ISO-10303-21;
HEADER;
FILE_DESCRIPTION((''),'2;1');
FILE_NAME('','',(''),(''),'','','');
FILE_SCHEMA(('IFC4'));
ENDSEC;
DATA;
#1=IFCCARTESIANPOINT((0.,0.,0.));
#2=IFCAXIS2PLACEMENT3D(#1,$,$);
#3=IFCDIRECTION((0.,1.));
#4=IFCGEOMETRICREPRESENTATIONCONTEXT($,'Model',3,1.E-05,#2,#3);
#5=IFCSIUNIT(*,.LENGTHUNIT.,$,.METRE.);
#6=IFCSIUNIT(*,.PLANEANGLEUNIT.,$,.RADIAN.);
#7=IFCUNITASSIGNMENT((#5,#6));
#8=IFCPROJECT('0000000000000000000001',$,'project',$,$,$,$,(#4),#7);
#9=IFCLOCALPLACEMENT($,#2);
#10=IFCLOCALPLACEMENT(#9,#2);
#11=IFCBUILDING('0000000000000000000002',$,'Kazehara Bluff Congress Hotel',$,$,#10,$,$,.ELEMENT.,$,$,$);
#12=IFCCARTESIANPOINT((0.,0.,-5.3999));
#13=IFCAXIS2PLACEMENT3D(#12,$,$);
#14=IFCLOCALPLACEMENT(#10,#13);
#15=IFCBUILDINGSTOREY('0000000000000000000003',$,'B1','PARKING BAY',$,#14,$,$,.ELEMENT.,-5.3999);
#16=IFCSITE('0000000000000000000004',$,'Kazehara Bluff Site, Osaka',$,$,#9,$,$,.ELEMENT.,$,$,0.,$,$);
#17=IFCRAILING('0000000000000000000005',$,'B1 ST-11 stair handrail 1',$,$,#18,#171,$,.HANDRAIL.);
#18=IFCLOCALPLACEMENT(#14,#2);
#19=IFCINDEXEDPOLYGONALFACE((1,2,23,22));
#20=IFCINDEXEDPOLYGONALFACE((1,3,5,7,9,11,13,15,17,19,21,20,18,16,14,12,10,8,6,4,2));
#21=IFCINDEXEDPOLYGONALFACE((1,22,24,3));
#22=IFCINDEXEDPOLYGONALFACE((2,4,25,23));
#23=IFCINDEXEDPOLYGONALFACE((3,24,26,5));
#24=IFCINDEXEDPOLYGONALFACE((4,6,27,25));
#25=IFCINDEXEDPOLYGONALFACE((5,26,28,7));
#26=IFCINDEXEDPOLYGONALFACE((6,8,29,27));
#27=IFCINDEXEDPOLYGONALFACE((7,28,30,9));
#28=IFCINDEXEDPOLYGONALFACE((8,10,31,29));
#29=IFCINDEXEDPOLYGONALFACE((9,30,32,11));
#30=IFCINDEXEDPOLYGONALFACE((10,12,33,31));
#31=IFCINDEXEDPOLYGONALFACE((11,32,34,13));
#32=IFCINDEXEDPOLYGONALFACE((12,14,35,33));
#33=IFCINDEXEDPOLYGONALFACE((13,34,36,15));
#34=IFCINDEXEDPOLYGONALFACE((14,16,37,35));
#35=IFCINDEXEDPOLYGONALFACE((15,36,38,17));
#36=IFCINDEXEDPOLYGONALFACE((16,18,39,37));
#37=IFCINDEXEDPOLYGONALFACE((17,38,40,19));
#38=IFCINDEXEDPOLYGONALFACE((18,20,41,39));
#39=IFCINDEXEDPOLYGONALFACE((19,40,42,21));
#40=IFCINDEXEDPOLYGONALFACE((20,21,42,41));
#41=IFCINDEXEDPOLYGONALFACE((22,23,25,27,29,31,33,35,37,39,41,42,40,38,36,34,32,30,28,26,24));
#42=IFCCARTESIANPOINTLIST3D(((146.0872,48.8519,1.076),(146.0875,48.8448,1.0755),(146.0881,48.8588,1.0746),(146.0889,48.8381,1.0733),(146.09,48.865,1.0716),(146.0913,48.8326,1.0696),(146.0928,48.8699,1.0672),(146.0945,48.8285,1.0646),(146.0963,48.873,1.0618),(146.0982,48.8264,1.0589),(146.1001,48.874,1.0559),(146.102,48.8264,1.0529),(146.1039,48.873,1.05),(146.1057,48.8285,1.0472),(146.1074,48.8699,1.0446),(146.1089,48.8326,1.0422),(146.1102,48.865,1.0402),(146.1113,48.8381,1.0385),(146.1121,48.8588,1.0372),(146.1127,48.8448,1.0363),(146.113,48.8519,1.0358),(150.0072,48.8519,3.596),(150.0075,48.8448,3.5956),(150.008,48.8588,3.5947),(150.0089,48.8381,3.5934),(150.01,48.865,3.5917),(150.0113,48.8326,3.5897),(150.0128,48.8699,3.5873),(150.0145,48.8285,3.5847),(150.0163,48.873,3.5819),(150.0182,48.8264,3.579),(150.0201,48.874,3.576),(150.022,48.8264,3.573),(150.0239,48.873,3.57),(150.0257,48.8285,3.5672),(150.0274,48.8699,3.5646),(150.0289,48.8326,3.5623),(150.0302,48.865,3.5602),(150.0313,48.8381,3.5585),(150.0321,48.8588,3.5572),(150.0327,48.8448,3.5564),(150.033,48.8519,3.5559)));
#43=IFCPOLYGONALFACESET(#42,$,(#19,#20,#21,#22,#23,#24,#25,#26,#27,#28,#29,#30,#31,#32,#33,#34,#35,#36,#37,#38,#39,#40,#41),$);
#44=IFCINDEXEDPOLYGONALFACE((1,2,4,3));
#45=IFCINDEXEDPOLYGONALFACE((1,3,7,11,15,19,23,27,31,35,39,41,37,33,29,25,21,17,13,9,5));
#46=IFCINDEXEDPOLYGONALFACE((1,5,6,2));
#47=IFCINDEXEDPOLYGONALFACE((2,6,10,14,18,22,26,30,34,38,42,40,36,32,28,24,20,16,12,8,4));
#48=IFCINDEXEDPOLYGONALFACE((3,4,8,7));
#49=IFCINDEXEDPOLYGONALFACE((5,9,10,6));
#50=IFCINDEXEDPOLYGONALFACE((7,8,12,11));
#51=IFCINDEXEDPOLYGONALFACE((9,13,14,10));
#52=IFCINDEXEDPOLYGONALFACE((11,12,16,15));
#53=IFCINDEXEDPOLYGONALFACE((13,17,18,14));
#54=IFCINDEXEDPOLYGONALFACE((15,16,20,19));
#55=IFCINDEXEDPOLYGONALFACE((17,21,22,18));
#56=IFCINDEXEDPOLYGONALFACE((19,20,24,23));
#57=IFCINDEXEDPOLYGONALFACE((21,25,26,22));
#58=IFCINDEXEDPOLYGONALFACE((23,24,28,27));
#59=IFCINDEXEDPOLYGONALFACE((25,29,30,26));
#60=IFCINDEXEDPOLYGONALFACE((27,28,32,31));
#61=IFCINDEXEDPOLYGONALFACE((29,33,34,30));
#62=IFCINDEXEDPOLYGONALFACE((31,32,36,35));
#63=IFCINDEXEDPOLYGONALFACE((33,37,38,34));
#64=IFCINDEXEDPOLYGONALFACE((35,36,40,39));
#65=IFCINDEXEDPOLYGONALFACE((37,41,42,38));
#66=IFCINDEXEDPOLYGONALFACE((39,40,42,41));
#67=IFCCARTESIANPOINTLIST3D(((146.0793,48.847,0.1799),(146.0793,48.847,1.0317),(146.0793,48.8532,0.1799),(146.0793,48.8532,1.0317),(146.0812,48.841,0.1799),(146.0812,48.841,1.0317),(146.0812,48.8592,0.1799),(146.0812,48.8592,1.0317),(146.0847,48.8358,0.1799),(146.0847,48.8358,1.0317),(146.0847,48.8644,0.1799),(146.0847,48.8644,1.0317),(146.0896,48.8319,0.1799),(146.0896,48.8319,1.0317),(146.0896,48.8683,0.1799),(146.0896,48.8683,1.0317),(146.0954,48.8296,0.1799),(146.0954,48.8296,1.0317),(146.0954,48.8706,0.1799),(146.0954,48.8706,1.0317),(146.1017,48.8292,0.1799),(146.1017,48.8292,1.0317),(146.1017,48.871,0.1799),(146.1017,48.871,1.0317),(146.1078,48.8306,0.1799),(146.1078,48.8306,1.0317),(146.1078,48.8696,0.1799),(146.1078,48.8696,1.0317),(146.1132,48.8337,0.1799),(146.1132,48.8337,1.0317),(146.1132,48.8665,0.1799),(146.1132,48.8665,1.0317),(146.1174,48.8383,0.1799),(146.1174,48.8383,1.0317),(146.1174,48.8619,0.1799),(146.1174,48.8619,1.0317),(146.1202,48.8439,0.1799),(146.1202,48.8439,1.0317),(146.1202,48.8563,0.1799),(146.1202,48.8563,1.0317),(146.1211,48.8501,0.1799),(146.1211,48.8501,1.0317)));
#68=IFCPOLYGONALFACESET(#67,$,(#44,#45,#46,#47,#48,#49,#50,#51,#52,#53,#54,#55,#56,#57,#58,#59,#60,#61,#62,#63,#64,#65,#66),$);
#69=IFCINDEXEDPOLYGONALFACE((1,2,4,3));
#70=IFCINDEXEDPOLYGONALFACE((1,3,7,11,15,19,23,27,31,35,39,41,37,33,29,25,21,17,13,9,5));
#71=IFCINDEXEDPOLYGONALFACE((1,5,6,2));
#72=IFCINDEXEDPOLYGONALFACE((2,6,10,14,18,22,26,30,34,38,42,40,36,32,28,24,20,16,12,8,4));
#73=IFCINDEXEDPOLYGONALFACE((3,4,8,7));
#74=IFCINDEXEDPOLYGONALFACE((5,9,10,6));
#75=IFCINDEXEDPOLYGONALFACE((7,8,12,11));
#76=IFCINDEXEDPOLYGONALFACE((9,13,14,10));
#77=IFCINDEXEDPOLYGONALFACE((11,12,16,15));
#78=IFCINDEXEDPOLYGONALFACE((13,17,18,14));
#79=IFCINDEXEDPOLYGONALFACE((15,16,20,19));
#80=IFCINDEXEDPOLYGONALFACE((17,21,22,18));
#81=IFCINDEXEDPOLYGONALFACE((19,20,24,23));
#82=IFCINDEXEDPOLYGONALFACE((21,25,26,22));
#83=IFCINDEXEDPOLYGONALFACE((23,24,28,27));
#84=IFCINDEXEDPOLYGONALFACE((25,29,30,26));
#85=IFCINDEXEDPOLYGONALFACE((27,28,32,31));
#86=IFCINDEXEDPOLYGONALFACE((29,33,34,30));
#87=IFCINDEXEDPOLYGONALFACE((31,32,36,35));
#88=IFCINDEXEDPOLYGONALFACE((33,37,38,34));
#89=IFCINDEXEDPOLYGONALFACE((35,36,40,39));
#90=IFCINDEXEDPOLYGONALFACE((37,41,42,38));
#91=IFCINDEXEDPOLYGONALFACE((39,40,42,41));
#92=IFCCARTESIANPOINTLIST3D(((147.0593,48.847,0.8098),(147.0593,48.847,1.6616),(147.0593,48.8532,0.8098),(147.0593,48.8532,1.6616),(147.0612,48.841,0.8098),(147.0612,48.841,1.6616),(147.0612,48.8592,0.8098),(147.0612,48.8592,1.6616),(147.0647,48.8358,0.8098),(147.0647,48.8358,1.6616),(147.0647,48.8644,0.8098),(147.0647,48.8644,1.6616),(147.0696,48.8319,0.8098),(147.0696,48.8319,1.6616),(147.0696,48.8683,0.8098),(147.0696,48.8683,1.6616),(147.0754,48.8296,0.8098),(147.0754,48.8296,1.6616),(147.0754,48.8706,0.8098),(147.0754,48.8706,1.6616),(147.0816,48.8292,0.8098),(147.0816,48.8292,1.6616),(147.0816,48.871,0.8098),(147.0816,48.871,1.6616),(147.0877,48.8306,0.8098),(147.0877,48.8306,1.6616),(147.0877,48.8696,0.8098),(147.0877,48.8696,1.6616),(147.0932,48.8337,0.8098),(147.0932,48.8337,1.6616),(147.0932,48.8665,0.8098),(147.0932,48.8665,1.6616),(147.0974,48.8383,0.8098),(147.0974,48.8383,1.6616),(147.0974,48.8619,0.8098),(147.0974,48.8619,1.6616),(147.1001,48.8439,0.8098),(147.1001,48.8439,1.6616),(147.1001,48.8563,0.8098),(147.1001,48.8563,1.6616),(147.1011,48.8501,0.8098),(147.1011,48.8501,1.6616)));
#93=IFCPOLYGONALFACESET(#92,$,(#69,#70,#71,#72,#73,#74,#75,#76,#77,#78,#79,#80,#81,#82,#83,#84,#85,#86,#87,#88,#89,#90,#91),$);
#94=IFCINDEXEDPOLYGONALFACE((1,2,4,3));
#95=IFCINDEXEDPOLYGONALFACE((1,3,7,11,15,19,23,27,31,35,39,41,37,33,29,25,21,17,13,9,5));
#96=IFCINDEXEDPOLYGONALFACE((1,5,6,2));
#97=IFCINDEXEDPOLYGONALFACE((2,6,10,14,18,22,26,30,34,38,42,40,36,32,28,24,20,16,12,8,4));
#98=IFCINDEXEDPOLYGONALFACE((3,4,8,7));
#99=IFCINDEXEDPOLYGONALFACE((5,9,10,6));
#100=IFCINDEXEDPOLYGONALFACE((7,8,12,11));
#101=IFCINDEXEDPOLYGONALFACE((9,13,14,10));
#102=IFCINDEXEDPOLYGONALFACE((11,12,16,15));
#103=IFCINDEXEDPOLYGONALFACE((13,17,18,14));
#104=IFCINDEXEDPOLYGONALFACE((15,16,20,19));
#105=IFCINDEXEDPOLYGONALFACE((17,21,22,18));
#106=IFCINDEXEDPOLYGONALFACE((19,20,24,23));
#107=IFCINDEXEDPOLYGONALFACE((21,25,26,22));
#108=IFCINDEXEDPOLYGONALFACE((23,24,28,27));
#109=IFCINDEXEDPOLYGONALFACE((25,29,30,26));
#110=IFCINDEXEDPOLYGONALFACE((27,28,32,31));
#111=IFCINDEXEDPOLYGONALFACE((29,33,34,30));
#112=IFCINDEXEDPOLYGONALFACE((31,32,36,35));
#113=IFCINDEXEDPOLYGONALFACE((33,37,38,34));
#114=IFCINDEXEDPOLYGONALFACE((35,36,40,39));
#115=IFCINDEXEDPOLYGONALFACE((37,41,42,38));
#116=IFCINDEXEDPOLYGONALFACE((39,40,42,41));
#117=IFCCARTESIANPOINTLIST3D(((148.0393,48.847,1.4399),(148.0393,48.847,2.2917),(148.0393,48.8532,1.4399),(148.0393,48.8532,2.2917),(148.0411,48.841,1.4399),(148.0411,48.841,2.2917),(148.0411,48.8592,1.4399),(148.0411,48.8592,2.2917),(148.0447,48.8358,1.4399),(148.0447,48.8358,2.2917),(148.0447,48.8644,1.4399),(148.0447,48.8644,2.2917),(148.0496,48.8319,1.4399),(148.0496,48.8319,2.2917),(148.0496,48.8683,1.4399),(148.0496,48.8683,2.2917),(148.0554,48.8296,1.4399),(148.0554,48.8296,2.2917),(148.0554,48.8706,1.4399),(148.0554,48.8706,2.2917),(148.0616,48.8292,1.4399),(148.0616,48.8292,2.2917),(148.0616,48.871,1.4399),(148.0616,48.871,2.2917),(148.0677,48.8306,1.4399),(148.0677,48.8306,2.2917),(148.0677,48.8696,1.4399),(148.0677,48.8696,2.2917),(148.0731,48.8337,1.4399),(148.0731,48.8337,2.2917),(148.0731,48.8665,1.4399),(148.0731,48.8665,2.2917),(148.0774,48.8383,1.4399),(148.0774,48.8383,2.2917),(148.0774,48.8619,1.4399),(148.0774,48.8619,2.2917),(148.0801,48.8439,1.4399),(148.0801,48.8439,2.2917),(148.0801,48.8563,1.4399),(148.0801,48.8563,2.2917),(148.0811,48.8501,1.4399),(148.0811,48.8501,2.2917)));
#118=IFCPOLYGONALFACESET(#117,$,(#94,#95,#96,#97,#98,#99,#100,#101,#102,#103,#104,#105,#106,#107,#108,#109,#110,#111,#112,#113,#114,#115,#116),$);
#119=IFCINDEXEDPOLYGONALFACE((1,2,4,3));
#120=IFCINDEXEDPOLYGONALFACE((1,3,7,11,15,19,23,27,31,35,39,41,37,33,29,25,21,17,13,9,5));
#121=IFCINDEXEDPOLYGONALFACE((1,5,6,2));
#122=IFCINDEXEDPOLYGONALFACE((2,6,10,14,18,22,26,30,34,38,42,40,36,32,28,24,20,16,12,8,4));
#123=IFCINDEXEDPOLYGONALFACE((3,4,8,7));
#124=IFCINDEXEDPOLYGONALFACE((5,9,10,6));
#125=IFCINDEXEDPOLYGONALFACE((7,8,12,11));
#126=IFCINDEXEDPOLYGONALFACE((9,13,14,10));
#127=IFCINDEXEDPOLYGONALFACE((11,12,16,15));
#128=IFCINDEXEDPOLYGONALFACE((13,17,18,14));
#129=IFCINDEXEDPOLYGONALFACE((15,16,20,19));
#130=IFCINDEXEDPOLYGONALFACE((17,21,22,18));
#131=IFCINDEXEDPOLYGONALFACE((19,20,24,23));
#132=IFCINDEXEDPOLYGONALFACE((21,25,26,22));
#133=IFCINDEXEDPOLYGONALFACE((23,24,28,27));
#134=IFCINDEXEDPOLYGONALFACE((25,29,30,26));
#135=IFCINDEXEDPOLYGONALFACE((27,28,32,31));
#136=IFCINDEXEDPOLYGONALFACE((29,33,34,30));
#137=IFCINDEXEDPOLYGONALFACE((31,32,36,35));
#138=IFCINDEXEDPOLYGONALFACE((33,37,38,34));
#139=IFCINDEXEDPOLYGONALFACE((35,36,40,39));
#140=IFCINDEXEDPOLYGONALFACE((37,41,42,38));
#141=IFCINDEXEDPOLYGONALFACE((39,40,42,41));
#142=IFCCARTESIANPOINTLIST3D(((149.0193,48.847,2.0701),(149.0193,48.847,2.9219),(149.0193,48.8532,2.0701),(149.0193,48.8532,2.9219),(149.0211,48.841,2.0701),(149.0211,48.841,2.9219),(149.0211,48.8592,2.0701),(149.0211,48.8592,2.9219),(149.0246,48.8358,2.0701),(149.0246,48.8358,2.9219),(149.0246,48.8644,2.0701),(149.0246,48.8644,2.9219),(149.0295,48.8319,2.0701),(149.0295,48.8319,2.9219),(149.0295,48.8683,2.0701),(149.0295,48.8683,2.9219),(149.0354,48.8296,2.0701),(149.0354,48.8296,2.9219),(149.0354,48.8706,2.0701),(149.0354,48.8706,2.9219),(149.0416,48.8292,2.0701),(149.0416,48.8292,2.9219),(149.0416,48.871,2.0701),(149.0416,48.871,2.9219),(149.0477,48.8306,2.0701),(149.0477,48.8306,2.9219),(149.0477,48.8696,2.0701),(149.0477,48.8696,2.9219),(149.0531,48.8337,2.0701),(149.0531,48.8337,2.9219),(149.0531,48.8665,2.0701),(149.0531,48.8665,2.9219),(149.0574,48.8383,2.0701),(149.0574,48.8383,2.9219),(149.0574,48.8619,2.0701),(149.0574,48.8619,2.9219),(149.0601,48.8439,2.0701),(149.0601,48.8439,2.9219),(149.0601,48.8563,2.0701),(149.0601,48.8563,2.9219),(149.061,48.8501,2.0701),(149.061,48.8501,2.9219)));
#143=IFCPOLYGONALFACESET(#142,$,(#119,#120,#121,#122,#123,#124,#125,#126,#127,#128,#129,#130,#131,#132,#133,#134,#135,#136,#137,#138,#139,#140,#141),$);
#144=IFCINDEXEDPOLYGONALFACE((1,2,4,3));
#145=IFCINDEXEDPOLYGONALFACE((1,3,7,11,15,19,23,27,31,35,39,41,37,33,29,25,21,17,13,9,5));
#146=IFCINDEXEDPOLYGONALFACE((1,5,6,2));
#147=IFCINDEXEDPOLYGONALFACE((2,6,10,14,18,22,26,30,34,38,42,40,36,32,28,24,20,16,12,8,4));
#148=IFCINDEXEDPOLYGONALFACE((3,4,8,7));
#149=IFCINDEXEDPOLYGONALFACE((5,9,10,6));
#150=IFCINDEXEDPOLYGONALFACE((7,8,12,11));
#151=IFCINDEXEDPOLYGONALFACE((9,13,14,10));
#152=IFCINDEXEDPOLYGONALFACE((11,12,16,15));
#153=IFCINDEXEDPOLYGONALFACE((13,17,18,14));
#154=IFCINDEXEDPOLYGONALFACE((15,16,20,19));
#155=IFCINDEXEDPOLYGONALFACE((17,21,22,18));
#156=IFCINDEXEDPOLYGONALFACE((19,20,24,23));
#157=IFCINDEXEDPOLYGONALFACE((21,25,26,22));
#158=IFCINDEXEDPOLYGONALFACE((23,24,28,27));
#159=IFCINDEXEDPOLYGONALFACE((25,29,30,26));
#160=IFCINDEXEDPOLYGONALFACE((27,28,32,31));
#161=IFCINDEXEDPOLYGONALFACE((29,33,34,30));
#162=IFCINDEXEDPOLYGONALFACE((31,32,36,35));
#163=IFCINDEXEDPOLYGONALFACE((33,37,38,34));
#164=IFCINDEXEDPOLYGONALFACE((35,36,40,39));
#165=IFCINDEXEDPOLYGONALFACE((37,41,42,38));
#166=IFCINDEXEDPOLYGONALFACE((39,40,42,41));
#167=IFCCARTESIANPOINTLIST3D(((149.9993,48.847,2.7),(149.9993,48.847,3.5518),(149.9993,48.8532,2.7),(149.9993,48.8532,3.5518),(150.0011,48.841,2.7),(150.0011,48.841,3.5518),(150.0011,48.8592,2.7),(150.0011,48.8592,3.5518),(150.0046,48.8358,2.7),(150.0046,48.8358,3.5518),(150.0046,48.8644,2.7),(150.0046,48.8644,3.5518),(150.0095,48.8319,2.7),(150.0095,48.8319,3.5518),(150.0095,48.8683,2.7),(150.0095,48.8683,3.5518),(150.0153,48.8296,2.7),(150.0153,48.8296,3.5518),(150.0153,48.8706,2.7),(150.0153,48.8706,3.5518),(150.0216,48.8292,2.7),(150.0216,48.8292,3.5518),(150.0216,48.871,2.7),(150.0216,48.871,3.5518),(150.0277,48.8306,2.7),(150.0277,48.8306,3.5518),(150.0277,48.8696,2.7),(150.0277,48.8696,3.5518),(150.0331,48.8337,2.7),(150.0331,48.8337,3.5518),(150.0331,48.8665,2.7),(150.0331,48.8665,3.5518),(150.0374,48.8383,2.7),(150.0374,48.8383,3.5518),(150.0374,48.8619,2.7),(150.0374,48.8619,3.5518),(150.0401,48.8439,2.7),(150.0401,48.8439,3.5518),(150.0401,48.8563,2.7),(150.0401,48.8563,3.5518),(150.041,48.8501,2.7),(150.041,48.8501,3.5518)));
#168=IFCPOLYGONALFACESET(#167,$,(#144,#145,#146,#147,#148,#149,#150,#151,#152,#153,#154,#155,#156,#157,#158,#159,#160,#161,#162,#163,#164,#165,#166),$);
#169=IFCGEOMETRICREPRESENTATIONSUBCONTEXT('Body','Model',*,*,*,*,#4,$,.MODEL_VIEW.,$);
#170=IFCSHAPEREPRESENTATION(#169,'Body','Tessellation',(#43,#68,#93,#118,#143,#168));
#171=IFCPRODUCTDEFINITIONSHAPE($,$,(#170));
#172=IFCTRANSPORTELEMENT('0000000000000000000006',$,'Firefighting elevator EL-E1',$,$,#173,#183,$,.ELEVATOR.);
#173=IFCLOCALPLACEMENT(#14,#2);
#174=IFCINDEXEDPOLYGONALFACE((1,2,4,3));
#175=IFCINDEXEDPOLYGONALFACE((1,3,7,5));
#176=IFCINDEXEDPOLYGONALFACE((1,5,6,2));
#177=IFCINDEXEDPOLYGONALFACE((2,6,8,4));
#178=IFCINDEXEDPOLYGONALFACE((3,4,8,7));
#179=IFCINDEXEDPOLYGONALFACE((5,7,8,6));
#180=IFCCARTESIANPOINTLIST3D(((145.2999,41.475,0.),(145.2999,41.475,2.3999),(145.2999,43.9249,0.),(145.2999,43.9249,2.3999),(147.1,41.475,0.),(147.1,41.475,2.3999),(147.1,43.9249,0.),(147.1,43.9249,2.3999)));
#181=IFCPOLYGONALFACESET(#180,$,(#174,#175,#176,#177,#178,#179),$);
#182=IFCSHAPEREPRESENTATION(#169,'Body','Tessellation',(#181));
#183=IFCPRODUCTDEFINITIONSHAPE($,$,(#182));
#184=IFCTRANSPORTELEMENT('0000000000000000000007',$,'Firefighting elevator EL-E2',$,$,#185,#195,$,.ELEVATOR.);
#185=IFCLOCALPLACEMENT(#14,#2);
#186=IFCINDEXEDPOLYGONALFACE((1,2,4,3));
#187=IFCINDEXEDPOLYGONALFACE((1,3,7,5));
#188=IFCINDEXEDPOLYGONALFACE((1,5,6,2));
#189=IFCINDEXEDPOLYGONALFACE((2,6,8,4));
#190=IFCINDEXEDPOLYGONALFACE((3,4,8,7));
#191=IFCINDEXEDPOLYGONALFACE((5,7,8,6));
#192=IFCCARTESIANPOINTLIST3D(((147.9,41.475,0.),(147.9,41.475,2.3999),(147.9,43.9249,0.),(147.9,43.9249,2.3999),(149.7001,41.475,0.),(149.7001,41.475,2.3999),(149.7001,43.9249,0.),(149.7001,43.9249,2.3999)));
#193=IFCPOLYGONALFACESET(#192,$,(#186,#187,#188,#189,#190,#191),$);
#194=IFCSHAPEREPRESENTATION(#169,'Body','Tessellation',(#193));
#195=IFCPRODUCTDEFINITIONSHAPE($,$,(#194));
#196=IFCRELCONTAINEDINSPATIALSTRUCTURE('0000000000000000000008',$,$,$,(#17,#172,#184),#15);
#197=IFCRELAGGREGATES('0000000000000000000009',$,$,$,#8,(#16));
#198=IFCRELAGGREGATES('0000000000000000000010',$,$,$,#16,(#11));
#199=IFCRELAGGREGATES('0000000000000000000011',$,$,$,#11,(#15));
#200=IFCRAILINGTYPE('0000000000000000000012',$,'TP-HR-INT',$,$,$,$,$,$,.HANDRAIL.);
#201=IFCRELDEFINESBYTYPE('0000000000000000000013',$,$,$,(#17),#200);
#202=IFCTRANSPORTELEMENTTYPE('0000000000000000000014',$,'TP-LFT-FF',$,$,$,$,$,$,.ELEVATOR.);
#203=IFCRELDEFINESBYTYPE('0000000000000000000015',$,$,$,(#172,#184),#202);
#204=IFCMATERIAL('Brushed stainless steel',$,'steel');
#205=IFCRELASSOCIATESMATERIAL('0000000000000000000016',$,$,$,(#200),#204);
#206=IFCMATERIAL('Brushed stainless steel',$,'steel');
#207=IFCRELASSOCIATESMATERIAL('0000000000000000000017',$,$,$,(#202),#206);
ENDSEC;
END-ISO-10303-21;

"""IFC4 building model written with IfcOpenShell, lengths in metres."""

from ifc_helpers import new_model, si_unit, direction, frame, origin, origin_2d, place, context, subcontext, project, spatial, rectangle, circle, extrude, material, type_object, element, save


model = new_model("IFC4")

# Units and contexts
model_context = context("Model", 3, precision=1e-05, world=origin(), true_north=direction((0.0, 1.0)))
body_context = subcontext(model_context, "Body", "Model", "MODEL_VIEW")
ifc_project = project(units=[si_unit("LENGTHUNIT", "METRE"), si_unit("PLANEANGLEUNIT", "RADIAN")], contexts=[model_context])

# Site, building, storey
site_placement = place(None, origin())
site = spatial("IfcSite", under=ifc_project, at=site_placement, Name="Kazehara Bluff Site, Osaka", CompositionType="ELEMENT", RefElevation=0.0)
building_placement = place(site_placement, origin())
building = spatial("IfcBuilding", under=site, at=building_placement, Name="Kazehara Bluff Congress Hotel", CompositionType="ELEMENT")
storey_placement = place(building_placement, frame((0.0, 0.0, -5.3999)))
storey = spatial("IfcBuildingStorey", under=building, at=storey_placement, Name="B1", Description="PARKING BAY", CompositionType="ELEMENT", Elevation=-5.3999)

# Railing
ifc_material_1 = material(Name="Brushed stainless steel", Category="steel")
railing_type_1 = type_object("IfcRailingType", Name="TP-HR-INT", PredefinedType="HANDRAIL", material=ifc_material_1)
railing_1_placement = place(storey_placement, frame((146.1001, 48.8501, 0.1799)))
element("IfcRailing", 1, at=railing_1_placement, inside=storey, type_object=railing_type_1, Name="B1 ST-11 stair handrail 1", PredefinedType="HANDRAIL", context=body_context, shape_type="SweptSolid", body=[
    extrude(circle(Radius=0.0239, at=origin_2d()), frame((0.0, 0.0, 0.876), z_axis=(0.841172, 0.0, 0.540768), x_axis=(0.0, 1.0, 0.0)), (0.0, 0.0, 1.0), 4.6602),
    extrude(circle(Radius=0.021, at=origin_2d()), origin(), (0.0, 0.0, 1.0), 0.8518),
    extrude(circle(Radius=0.021, at=origin_2d()), frame((0.98, 0.0, 0.6299)), (0.0, 0.0, 1.0), 0.8518),
    extrude(circle(Radius=0.021, at=origin_2d()), frame((1.96, 0.0, 1.26)), (0.0, 0.0, 1.0), 0.8518),
    extrude(circle(Radius=0.021, at=origin_2d()), frame((2.9399, 0.0, 1.8901)), (0.0, 0.0, 1.0), 0.8518),
    extrude(circle(Radius=0.021, at=origin_2d()), frame((3.9199, 0.0, 2.52)), (0.0, 0.0, 1.0), 0.8518),
])

# Transport elements
ifc_material_2 = material(Name="Brushed stainless steel", Category="steel")
transport_element_type = type_object("IfcTransportElementType", Name="TP-LFT-FF", PredefinedType="ELEVATOR", material=ifc_material_2)
for number, where, z_axis, x_axis, name in (
    (2, (146.2, 42.7, 0.0), (0.0, 0.0, 1.0), (1.0, 0.0, 0.0), "Firefighting elevator EL-E1"),
    (3, (148.8, 42.7, 0.0), (0.0, 0.0, 1.0), (1.0, 0.0, 0.0), "Firefighting elevator EL-E2"),
):
    element("IfcTransportElement", number, at=place(storey_placement, frame(where, z_axis=z_axis, x_axis=x_axis)), inside=storey, type_object=transport_element_type, Name=name, PredefinedType="ELEVATOR", context=body_context, shape_type="SweptSolid", body=[
        extrude(rectangle(XDim=1.8, YDim=2.45, at=origin_2d()), origin(), (0.0, 0.0, 1.0), 2.3999),
    ])

save(model, "model.ifc")
